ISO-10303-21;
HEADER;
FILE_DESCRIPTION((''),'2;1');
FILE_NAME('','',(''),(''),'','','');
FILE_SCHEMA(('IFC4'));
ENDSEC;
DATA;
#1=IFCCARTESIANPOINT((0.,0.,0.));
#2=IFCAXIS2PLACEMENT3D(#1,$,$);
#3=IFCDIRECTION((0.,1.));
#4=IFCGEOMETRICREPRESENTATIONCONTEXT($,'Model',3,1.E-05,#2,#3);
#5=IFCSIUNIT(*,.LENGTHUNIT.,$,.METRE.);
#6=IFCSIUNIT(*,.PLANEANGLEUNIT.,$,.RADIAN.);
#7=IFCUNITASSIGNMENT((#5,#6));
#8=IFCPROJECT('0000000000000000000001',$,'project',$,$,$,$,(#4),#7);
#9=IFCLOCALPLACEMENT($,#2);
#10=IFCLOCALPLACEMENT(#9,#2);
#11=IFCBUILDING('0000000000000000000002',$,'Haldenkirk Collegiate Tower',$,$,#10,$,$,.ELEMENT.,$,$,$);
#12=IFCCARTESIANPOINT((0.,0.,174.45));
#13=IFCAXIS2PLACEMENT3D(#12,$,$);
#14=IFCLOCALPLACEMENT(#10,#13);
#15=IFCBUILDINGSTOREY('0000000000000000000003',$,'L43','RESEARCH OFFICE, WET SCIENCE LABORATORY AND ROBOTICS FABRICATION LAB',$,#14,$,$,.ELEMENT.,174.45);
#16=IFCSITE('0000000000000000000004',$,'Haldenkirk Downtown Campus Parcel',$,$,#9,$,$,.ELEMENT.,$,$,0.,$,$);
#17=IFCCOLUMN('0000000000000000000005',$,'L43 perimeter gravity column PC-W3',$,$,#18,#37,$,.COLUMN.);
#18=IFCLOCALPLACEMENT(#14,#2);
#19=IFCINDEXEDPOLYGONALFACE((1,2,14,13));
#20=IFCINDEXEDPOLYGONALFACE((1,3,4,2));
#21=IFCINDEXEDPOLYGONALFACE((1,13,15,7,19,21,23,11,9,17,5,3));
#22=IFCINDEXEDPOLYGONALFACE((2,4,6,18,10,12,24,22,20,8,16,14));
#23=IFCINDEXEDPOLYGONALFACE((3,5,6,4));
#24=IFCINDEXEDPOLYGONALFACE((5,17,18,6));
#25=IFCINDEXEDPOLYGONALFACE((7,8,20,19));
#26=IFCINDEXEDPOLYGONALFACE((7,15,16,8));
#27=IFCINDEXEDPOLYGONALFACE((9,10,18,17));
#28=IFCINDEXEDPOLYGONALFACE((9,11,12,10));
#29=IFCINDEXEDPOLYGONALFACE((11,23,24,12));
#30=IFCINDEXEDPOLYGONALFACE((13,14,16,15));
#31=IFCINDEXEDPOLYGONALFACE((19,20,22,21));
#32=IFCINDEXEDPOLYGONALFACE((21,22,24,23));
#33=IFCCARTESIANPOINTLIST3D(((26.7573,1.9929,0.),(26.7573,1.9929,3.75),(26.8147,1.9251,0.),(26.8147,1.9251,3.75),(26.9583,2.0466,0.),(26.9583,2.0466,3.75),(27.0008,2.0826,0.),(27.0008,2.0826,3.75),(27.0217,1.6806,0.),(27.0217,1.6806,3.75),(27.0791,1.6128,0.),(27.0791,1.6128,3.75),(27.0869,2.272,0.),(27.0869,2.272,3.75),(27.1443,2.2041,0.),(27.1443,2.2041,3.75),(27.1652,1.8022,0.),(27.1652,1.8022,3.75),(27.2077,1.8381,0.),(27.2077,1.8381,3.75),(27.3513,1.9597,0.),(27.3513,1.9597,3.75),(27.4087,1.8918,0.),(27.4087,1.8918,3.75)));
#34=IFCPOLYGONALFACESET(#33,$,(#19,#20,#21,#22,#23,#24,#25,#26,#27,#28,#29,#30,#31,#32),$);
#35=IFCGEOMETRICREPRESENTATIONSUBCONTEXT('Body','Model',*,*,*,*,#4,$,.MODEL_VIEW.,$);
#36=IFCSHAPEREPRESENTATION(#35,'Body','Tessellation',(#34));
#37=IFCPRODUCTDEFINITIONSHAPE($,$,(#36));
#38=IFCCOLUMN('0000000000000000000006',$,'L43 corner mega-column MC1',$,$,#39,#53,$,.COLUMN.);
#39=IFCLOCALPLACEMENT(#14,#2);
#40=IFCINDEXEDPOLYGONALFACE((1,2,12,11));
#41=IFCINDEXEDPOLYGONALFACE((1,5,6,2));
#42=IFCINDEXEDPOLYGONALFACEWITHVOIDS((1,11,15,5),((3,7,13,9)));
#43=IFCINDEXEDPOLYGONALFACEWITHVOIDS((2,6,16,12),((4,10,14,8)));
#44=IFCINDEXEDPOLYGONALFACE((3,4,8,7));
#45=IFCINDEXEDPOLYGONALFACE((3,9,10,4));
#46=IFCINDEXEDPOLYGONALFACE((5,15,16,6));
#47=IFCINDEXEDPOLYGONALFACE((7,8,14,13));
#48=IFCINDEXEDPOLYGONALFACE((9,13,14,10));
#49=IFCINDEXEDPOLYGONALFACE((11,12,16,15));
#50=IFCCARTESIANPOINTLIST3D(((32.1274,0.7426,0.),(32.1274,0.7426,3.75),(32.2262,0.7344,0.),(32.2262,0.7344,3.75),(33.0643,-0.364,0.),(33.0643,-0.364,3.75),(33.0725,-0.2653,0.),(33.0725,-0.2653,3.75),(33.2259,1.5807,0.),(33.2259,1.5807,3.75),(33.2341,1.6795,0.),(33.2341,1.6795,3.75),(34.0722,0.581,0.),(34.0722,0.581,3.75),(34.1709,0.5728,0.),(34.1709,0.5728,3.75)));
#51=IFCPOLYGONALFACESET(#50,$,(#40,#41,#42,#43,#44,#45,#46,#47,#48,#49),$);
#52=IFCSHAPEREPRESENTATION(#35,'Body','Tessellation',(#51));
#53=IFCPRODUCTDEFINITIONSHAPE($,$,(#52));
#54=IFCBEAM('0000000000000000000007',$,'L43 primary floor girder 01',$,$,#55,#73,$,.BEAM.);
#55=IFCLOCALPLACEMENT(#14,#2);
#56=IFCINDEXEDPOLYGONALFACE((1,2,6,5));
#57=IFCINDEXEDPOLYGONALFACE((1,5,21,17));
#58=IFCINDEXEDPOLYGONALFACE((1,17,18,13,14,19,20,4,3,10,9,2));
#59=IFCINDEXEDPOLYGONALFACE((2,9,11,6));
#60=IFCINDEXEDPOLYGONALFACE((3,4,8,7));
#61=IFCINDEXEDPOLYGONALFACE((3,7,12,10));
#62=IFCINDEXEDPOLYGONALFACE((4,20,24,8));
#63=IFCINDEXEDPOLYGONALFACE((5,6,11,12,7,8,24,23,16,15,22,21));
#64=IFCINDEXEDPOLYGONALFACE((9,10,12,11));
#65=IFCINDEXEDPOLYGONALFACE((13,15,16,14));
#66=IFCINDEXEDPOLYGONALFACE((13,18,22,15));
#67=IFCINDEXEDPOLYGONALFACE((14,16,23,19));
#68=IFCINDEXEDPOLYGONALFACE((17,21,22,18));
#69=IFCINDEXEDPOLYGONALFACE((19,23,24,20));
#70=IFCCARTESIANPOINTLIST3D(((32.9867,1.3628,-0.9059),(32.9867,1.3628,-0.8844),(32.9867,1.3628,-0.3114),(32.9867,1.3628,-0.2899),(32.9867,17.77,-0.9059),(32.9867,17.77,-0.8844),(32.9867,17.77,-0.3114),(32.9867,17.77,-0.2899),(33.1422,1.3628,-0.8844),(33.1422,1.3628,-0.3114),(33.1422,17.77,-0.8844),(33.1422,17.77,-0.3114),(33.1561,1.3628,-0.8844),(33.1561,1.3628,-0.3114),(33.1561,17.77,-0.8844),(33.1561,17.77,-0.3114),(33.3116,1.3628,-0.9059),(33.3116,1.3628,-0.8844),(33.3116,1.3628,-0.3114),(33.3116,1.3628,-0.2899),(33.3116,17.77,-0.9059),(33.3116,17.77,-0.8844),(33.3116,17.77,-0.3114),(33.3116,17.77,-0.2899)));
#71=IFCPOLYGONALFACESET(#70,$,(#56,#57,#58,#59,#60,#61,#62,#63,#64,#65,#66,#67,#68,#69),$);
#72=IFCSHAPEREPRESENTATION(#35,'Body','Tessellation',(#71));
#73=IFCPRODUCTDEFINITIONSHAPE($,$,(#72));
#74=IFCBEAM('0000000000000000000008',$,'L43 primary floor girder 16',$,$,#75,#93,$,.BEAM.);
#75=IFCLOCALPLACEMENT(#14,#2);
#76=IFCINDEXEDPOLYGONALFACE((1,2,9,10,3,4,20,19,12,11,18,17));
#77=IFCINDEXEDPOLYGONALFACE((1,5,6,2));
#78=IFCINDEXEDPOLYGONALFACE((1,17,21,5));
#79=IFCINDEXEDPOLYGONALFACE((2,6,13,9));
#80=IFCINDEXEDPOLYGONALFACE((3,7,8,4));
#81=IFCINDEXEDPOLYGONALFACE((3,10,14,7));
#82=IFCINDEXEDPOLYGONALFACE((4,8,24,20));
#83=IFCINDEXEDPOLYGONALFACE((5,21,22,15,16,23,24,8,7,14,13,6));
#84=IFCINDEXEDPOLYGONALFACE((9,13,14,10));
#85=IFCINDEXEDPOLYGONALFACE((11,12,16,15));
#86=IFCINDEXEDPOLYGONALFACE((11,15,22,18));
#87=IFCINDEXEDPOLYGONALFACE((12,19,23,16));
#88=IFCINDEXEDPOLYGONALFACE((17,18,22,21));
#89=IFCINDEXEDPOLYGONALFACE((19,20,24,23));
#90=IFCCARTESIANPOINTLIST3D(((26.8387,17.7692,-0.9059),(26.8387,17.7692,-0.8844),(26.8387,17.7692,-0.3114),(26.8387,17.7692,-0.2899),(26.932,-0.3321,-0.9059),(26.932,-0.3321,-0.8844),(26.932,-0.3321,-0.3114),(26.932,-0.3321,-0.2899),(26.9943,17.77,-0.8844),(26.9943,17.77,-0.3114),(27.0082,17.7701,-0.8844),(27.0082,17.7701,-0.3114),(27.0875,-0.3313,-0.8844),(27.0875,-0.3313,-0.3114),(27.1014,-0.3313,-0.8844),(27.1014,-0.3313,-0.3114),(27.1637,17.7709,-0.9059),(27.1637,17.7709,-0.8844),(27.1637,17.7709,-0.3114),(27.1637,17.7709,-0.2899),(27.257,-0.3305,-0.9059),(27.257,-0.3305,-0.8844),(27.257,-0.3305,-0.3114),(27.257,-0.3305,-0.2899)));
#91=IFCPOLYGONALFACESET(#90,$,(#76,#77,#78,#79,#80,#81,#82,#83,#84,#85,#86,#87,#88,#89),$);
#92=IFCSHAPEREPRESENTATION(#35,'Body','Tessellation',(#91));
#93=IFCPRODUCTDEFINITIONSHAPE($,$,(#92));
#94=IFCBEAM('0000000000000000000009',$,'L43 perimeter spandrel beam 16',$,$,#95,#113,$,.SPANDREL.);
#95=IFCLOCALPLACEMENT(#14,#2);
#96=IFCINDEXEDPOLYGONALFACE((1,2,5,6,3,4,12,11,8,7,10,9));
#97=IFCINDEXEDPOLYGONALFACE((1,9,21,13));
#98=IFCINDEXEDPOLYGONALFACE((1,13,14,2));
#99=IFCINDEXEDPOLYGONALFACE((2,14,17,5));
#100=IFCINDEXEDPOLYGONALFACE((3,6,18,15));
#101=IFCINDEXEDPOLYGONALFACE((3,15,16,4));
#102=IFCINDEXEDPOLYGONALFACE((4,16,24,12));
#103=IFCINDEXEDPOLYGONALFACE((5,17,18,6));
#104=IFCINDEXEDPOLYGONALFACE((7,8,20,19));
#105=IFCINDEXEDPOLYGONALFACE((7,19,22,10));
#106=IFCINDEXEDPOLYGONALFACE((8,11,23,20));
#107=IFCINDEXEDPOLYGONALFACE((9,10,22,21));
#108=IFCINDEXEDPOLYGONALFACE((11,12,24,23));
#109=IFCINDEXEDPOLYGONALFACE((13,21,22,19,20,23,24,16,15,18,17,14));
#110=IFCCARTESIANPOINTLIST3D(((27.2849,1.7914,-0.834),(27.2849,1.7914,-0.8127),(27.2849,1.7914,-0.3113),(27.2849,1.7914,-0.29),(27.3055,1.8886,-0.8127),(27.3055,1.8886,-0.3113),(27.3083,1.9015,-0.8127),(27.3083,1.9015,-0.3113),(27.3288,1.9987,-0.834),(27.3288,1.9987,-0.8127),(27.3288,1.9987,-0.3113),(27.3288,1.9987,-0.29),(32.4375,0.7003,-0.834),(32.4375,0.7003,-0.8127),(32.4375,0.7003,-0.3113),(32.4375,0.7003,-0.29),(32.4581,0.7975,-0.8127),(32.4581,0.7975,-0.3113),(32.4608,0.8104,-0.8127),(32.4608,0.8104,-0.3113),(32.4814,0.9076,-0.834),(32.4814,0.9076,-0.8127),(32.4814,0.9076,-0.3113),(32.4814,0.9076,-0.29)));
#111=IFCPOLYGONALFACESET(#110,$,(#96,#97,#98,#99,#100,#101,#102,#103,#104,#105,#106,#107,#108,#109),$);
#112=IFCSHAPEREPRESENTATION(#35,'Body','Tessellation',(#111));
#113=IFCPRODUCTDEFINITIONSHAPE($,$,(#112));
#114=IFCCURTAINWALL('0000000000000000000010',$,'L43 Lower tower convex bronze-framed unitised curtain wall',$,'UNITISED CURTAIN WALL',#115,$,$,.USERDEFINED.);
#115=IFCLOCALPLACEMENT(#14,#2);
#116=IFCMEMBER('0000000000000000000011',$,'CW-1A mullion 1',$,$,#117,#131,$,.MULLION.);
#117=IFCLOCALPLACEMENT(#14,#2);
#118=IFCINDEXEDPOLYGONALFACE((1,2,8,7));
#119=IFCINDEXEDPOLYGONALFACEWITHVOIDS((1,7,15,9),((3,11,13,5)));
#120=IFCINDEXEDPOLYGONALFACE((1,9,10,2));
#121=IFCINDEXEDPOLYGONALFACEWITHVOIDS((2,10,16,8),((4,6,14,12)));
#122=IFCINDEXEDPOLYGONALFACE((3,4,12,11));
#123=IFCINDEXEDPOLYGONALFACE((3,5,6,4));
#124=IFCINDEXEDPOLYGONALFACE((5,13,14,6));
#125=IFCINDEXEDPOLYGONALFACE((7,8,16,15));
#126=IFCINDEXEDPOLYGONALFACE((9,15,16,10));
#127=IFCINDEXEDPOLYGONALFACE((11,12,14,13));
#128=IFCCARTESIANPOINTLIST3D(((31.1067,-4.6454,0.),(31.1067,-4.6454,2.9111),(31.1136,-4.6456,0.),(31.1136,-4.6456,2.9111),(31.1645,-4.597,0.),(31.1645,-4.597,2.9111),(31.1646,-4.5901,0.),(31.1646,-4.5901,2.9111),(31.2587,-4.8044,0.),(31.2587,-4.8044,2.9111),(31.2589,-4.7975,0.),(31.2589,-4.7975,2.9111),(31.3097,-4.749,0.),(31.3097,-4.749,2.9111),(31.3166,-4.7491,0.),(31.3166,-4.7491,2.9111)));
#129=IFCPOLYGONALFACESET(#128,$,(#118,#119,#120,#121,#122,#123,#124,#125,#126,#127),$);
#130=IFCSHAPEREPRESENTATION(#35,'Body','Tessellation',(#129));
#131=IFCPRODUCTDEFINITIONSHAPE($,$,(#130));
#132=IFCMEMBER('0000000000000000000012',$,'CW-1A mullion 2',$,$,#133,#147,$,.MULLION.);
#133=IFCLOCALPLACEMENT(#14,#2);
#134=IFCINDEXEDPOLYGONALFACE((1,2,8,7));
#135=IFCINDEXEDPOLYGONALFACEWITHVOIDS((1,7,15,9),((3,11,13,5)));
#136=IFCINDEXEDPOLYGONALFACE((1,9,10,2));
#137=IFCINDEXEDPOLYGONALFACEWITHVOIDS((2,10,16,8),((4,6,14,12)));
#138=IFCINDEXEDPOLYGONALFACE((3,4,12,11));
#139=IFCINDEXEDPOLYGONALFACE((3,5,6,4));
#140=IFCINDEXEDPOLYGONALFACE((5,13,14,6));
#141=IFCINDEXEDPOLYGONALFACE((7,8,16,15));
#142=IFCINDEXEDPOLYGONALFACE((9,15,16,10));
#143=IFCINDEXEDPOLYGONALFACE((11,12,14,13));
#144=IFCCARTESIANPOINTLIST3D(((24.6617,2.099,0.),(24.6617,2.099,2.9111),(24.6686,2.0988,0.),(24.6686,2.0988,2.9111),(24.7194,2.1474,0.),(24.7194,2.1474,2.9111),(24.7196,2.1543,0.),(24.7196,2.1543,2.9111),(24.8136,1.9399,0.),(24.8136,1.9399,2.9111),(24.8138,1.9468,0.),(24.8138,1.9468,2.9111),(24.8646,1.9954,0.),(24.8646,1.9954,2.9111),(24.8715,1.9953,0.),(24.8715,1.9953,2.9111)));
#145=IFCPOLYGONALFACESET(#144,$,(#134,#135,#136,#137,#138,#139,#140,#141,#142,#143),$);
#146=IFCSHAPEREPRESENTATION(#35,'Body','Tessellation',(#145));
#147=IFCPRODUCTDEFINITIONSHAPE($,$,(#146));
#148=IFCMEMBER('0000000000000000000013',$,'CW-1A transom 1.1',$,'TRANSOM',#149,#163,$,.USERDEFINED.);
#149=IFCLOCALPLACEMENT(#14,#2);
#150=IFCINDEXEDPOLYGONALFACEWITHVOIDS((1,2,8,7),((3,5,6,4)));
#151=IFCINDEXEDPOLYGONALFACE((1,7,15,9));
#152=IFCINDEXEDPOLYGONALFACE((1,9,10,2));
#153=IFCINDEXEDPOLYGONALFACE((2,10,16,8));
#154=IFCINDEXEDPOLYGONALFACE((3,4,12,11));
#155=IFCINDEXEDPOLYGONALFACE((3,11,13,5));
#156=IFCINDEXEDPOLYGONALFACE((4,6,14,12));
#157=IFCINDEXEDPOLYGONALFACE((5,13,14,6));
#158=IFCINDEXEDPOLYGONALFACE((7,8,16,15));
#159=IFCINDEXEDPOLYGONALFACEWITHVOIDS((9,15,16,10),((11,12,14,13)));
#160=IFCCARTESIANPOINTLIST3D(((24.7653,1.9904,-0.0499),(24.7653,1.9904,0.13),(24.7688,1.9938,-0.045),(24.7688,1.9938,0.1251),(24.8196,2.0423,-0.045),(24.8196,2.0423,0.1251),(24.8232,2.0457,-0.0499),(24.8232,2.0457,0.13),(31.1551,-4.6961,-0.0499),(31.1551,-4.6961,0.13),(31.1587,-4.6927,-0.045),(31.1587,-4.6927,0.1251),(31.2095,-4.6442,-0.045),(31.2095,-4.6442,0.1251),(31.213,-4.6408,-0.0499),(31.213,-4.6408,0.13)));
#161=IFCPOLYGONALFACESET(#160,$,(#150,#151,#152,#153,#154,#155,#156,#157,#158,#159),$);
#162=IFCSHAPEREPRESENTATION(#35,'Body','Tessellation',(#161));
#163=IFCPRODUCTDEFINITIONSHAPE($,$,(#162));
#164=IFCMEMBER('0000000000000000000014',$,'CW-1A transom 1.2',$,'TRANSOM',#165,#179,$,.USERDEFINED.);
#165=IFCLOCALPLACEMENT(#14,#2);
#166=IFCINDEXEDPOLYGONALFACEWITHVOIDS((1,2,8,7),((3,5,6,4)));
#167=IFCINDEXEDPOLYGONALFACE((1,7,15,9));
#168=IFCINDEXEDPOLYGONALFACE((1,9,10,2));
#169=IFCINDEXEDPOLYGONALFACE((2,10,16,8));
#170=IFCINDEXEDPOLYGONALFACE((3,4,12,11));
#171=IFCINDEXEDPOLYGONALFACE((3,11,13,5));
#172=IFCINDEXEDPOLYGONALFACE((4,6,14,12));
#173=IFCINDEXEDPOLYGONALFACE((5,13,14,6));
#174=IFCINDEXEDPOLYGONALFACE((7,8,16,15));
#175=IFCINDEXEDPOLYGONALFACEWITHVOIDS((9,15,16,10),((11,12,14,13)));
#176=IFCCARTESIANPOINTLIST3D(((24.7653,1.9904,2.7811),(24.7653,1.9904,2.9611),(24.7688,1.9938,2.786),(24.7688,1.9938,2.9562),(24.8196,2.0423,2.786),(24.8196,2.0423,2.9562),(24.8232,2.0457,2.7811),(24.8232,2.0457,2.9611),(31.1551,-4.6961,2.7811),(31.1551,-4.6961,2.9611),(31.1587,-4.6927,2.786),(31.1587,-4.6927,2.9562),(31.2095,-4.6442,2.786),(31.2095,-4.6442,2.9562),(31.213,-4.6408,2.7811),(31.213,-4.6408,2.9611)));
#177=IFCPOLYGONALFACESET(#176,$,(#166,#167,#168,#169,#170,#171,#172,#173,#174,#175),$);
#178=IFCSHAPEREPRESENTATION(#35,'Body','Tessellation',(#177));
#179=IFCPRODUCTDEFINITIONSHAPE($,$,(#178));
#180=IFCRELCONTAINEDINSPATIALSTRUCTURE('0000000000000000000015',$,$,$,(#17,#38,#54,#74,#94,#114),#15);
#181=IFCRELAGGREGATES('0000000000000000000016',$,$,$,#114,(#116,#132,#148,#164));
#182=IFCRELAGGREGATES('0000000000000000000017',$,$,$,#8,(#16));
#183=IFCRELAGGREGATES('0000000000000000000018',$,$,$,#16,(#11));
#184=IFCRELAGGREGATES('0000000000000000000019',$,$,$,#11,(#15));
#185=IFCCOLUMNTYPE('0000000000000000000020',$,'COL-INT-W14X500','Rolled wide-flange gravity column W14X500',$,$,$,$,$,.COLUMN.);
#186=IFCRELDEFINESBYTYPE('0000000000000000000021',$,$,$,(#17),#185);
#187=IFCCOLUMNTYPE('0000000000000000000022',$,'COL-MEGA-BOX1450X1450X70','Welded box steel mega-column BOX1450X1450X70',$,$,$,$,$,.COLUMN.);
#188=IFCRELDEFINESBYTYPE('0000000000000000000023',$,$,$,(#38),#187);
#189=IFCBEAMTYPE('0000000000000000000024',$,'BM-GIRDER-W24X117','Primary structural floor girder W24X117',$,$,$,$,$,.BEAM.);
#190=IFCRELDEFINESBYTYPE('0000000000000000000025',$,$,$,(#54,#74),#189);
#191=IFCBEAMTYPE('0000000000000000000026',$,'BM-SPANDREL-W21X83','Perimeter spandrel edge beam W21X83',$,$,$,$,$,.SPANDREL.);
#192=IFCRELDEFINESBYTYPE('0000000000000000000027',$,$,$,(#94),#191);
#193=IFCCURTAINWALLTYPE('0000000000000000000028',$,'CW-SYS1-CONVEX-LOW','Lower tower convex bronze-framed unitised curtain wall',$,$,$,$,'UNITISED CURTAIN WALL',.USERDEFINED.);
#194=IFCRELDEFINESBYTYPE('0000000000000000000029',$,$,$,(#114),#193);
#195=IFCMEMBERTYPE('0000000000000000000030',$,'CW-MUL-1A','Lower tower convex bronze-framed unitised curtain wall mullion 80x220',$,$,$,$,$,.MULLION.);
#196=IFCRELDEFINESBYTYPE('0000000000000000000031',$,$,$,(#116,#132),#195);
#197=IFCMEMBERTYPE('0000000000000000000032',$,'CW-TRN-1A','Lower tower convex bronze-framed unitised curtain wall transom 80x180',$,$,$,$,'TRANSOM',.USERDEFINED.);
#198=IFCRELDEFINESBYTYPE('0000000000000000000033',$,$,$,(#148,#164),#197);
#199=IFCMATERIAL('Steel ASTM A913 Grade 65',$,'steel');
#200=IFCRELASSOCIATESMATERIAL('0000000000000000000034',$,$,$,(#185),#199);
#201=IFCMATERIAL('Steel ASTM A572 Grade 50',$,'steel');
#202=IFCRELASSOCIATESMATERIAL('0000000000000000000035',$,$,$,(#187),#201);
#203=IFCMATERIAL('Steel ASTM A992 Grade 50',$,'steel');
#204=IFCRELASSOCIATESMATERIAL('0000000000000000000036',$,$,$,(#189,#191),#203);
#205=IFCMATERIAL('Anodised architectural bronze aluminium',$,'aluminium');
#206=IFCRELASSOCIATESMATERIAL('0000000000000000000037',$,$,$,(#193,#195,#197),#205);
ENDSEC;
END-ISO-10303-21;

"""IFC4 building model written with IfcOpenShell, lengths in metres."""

from ifc_helpers import new_model, si_unit, direction, frame, origin, origin_2d, place, context, subcontext, project, spatial, hollow_rectangle, i_section, extrude, material, material_profile, profile_set, type_object, element, aggregate, save


model = new_model("IFC4")

# Units and contexts
model_context = context("Model", 3, precision=1e-05, world=origin(), true_north=direction((0.0, 1.0)))
body_context = subcontext(model_context, "Body", "Model", "MODEL_VIEW")
ifc_project = project(units=[si_unit("LENGTHUNIT", "METRE"), si_unit("PLANEANGLEUNIT", "RADIAN")], contexts=[model_context])

# Site, building, storey
site_placement = place(None, origin())
site = spatial("IfcSite", under=ifc_project, at=site_placement, Name="Haldenkirk Downtown Campus Parcel", CompositionType="ELEMENT", RefElevation=0.0)
building_placement = place(site_placement, origin())
building = spatial("IfcBuilding", under=site, at=building_placement, Name="Haldenkirk Collegiate Tower", CompositionType="ELEMENT")
storey_placement = place(building_placement, frame((0.0, 0.0, 174.45)))
storey = spatial("IfcBuildingStorey", under=building, at=storey_placement, Name="L43", Description="RESEARCH OFFICE, WET SCIENCE LABORATORY AND ROBOTICS FABRICATION LAB", CompositionType="ELEMENT", Elevation=174.45)

# Columns
ifc_material_1 = material(Name="Steel ASTM A913 Grade 65", Category="steel")
ifc_material_profile_1 = material_profile(ifc_material_1, i_section(OverallWidth=0.4319, OverallDepth=0.498, WebThickness=0.0557, FlangeThickness=0.0889, at=origin_2d()), Name="W14X500")
ifc_profile_set_1 = profile_set([ifc_material_profile_1], Name="Steel ASTM A913 Grade 65")
column_type_1 = type_object("IfcColumnType", Name="COL-INT-W14X500", Description="Rolled wide-flange gravity column W14X500", PredefinedType="COLUMN", material=ifc_profile_set_1)
column_1_placement = place(storey_placement, frame((27.083, 1.9424, 0.0), z_axis=(0.0, 0.0, 1.0), x_axis=(0.763232, 0.646124, 0.0)))
element("IfcColumn", 1, at=column_1_placement, inside=storey, type_object=column_type_1, Name="L43 perimeter gravity column PC-W3", PredefinedType="COLUMN", context=body_context, shape_type="SweptSolid", body=[
    extrude(i_section(OverallWidth=0.4319, OverallDepth=0.498, WebThickness=0.0557, FlangeThickness=0.0889, at=origin_2d()), origin(), (0.0, 0.0, 1.0), 3.75),
])
ifc_material_2 = material(Name="Steel ASTM A572 Grade 50", Category="steel")
ifc_material_profile_2 = material_profile(ifc_material_2, hollow_rectangle(XDim=1.45, YDim=1.45, WallThickness=0.0701, at=origin_2d()), Name="BOX1450X1450X70")
ifc_profile_set_2 = profile_set([ifc_material_profile_2], Name="Steel ASTM A572 Grade 50")
column_type_2 = type_object("IfcColumnType", Name="COL-MEGA-BOX1450X1450X70", Description="Welded box steel mega-column BOX1450X1450X70", PredefinedType="COLUMN", material=ifc_profile_set_2)
column_2_placement = place(storey_placement, frame((33.1492, 0.6577, 0.0), z_axis=(0.0, 0.0, 1.0), x_axis=(0.763232, 0.646124, 0.0)))
element("IfcColumn", 2, at=column_2_placement, inside=storey, type_object=column_type_2, Name="L43 corner mega-column MC1", PredefinedType="COLUMN", context=body_context, shape_type="SweptSolid", body=[
    extrude(hollow_rectangle(XDim=1.45, YDim=1.45, WallThickness=0.0701, at=origin_2d()), origin(), (0.0, 0.0, 1.0), 3.75),
])

# Beams
ifc_material_3 = material(Name="Steel ASTM A992 Grade 50", Category="steel")
ifc_material_profile_3 = material_profile(ifc_material_3, i_section(OverallWidth=0.325, OverallDepth=0.616, WebThickness=0.0139, FlangeThickness=0.0215, at=origin_2d()), Name="W24X117")
ifc_profile_set_3 = profile_set([ifc_material_profile_3], Name="Steel ASTM A992 Grade 50")
beam_type_1 = type_object("IfcBeamType", Name="BM-GIRDER-W24X117", Description="Primary structural floor girder W24X117", PredefinedType="BEAM", material=ifc_profile_set_3)
beam_1_placement = place(storey_placement, frame((33.1492, 1.3628, -0.5979), z_axis=(0.0, 1.0, 0.0), x_axis=(-1.0, 0.0, 0.0)))
element("IfcBeam", 3, at=beam_1_placement, inside=storey, type_object=beam_type_1, Name="L43 primary floor girder 01", PredefinedType="BEAM", context=body_context, shape_type="SweptSolid", body=[
    extrude(i_section(OverallWidth=0.325, OverallDepth=0.616, WebThickness=0.0139, FlangeThickness=0.0215, at=origin_2d()), origin(), (0.0, 0.0, 1.0), 16.4072),
])
beam_2_placement = place(storey_placement, frame((27.0945, -0.3313, -0.5979), z_axis=(-0.005152, 0.999987, 0.0), x_axis=(-0.999987, -0.005152, 0.0)))
element("IfcBeam", 4, at=beam_2_placement, inside=storey, type_object=beam_type_1, Name="L43 primary floor girder 16", PredefinedType="BEAM", context=body_context, shape_type="SweptSolid", body=[
    extrude(i_section(OverallWidth=0.325, OverallDepth=0.616, WebThickness=0.0139, FlangeThickness=0.0215, at=origin_2d()), origin(), (0.0, 0.0, 1.0), 18.1016),
])
ifc_material_profile_4 = material_profile(ifc_material_3, i_section(OverallWidth=0.2119, OverallDepth=0.5439, WebThickness=0.0132, FlangeThickness=0.0212, at=origin_2d()), Name="W21X83")
ifc_profile_set_4 = profile_set([ifc_material_profile_4], Name="Steel ASTM A992 Grade 50")
beam_type_2 = type_object("IfcBeamType", Name="BM-SPANDREL-W21X83", Description="Perimeter spandrel edge beam W21X83", PredefinedType="SPANDREL", material=ifc_profile_set_4)
beam_3_placement = place(storey_placement, frame((27.3069, 1.895, -0.562), z_axis=(0.978308, -0.207157, 0.0), x_axis=(0.207157, 0.978308, 0.0)))
element("IfcBeam", 5, at=beam_3_placement, inside=storey, type_object=beam_type_2, Name="L43 perimeter spandrel beam 16", PredefinedType="SPANDREL", context=body_context, shape_type="SweptSolid", body=[
    extrude(i_section(OverallWidth=0.2119, OverallDepth=0.5439, WebThickness=0.0132, FlangeThickness=0.0212, at=origin_2d()), origin(), (0.0, 0.0, 1.0), 5.2668),
])

# Curtain wall, members
ifc_material_4 = material(Name="Anodised architectural bronze aluminium", Category="aluminium")
curtain_wall_type = type_object("IfcCurtainWallType", Name="CW-SYS1-CONVEX-LOW", Description="Lower tower convex bronze-framed unitised curtain wall", ElementType="UNITISED CURTAIN WALL", PredefinedType="USERDEFINED", material=ifc_material_4)
curtain_wall_placement = place(storey_placement, origin())
curtain_wall = element("IfcCurtainWall", 6, at=curtain_wall_placement, inside=storey, type_object=curtain_wall_type, Name="L43 Lower tower convex bronze-framed unitised curtain wall", ObjectType="UNITISED CURTAIN WALL", PredefinedType="USERDEFINED")
ifc_material_profile_5 = material_profile(ifc_material_4, hollow_rectangle(XDim=0.0801, YDim=0.22, WallThickness=0.0049, at=origin_2d()), Name="CW-MUL-1A")
ifc_profile_set_5 = profile_set([ifc_material_profile_5], Name="Anodised architectural bronze aluminium")
member_type_1 = type_object("IfcMemberType", Name="CW-MUL-1A", Description="Lower tower convex bronze-framed unitised curtain wall mullion 80x220", PredefinedType="MULLION", material=ifc_profile_set_5)
member_1_placement = place(storey_placement, frame((31.2117, -4.6973, 0.0), z_axis=(0.0, 0.0, 1.0), x_axis=(-0.722967, -0.690882, 0.0)))
member_1 = element("IfcMember", 7, at=member_1_placement, type_object=member_type_1, Name="CW-1A mullion 1", PredefinedType="MULLION", context=body_context, shape_type="SweptSolid", body=[
    extrude(hollow_rectangle(XDim=0.0801, YDim=0.22, WallThickness=0.0049, at=origin_2d()), origin(), (0.0, 0.0, 1.0), 2.9111),
])
member_2_placement = place(storey_placement, frame((24.7666, 2.0471, 0.0), z_axis=(0.0, 0.0, 1.0), x_axis=(-0.722967, -0.690882, 0.0)))
member_2 = element("IfcMember", 8, at=member_2_placement, type_object=member_type_1, Name="CW-1A mullion 2", PredefinedType="MULLION", context=body_context, shape_type="SweptSolid", body=[
    extrude(hollow_rectangle(XDim=0.0801, YDim=0.22, WallThickness=0.0049, at=origin_2d()), origin(), (0.0, 0.0, 1.0), 2.9111),
])
ifc_material_profile_6 = material_profile(ifc_material_4, hollow_rectangle(XDim=0.0801, YDim=0.1799, WallThickness=0.0049, at=origin_2d()), Name="CW-TRN-1A")
ifc_profile_set_6 = profile_set([ifc_material_profile_6], Name="Anodised architectural bronze aluminium")
member_type_2 = type_object("IfcMemberType", Name="CW-TRN-1A", Description="Lower tower convex bronze-framed unitised curtain wall transom 80x180", ElementType="TRANSOM", PredefinedType="USERDEFINED", material=ifc_profile_set_6)
member_3_placement = place(storey_placement, frame((31.1841, -4.6685, 0.04), z_axis=(-0.690889, 0.722961, 0.0), x_axis=(-0.722961, -0.690889, 0.0)))
member_3 = element("IfcMember", 9, at=member_3_placement, type_object=member_type_2, Name="CW-1A transom 1.1", ObjectType="TRANSOM", PredefinedType="USERDEFINED", context=body_context, shape_type="SweptSolid", body=[
    extrude(hollow_rectangle(XDim=0.0801, YDim=0.1799, WallThickness=0.0049, at=origin_2d()), origin(), (0.0, 0.0, 1.0), 9.2488),
])
member_4_placement = place(storey_placement, frame((31.1841, -4.6685, 2.8711), z_axis=(-0.690889, 0.722961, 0.0), x_axis=(-0.722961, -0.690889, 0.0)))
member_4 = element("IfcMember", 10, at=member_4_placement, type_object=member_type_2, Name="CW-1A transom 1.2", ObjectType="TRANSOM", PredefinedType="USERDEFINED", context=body_context, shape_type="SweptSolid", body=[
    extrude(hollow_rectangle(XDim=0.0801, YDim=0.1799, WallThickness=0.0049, at=origin_2d()), origin(), (0.0, 0.0, 1.0), 9.2488),
])
aggregate(curtain_wall, [member_1, member_2, member_3, member_4])

save(model, "model.ifc")
